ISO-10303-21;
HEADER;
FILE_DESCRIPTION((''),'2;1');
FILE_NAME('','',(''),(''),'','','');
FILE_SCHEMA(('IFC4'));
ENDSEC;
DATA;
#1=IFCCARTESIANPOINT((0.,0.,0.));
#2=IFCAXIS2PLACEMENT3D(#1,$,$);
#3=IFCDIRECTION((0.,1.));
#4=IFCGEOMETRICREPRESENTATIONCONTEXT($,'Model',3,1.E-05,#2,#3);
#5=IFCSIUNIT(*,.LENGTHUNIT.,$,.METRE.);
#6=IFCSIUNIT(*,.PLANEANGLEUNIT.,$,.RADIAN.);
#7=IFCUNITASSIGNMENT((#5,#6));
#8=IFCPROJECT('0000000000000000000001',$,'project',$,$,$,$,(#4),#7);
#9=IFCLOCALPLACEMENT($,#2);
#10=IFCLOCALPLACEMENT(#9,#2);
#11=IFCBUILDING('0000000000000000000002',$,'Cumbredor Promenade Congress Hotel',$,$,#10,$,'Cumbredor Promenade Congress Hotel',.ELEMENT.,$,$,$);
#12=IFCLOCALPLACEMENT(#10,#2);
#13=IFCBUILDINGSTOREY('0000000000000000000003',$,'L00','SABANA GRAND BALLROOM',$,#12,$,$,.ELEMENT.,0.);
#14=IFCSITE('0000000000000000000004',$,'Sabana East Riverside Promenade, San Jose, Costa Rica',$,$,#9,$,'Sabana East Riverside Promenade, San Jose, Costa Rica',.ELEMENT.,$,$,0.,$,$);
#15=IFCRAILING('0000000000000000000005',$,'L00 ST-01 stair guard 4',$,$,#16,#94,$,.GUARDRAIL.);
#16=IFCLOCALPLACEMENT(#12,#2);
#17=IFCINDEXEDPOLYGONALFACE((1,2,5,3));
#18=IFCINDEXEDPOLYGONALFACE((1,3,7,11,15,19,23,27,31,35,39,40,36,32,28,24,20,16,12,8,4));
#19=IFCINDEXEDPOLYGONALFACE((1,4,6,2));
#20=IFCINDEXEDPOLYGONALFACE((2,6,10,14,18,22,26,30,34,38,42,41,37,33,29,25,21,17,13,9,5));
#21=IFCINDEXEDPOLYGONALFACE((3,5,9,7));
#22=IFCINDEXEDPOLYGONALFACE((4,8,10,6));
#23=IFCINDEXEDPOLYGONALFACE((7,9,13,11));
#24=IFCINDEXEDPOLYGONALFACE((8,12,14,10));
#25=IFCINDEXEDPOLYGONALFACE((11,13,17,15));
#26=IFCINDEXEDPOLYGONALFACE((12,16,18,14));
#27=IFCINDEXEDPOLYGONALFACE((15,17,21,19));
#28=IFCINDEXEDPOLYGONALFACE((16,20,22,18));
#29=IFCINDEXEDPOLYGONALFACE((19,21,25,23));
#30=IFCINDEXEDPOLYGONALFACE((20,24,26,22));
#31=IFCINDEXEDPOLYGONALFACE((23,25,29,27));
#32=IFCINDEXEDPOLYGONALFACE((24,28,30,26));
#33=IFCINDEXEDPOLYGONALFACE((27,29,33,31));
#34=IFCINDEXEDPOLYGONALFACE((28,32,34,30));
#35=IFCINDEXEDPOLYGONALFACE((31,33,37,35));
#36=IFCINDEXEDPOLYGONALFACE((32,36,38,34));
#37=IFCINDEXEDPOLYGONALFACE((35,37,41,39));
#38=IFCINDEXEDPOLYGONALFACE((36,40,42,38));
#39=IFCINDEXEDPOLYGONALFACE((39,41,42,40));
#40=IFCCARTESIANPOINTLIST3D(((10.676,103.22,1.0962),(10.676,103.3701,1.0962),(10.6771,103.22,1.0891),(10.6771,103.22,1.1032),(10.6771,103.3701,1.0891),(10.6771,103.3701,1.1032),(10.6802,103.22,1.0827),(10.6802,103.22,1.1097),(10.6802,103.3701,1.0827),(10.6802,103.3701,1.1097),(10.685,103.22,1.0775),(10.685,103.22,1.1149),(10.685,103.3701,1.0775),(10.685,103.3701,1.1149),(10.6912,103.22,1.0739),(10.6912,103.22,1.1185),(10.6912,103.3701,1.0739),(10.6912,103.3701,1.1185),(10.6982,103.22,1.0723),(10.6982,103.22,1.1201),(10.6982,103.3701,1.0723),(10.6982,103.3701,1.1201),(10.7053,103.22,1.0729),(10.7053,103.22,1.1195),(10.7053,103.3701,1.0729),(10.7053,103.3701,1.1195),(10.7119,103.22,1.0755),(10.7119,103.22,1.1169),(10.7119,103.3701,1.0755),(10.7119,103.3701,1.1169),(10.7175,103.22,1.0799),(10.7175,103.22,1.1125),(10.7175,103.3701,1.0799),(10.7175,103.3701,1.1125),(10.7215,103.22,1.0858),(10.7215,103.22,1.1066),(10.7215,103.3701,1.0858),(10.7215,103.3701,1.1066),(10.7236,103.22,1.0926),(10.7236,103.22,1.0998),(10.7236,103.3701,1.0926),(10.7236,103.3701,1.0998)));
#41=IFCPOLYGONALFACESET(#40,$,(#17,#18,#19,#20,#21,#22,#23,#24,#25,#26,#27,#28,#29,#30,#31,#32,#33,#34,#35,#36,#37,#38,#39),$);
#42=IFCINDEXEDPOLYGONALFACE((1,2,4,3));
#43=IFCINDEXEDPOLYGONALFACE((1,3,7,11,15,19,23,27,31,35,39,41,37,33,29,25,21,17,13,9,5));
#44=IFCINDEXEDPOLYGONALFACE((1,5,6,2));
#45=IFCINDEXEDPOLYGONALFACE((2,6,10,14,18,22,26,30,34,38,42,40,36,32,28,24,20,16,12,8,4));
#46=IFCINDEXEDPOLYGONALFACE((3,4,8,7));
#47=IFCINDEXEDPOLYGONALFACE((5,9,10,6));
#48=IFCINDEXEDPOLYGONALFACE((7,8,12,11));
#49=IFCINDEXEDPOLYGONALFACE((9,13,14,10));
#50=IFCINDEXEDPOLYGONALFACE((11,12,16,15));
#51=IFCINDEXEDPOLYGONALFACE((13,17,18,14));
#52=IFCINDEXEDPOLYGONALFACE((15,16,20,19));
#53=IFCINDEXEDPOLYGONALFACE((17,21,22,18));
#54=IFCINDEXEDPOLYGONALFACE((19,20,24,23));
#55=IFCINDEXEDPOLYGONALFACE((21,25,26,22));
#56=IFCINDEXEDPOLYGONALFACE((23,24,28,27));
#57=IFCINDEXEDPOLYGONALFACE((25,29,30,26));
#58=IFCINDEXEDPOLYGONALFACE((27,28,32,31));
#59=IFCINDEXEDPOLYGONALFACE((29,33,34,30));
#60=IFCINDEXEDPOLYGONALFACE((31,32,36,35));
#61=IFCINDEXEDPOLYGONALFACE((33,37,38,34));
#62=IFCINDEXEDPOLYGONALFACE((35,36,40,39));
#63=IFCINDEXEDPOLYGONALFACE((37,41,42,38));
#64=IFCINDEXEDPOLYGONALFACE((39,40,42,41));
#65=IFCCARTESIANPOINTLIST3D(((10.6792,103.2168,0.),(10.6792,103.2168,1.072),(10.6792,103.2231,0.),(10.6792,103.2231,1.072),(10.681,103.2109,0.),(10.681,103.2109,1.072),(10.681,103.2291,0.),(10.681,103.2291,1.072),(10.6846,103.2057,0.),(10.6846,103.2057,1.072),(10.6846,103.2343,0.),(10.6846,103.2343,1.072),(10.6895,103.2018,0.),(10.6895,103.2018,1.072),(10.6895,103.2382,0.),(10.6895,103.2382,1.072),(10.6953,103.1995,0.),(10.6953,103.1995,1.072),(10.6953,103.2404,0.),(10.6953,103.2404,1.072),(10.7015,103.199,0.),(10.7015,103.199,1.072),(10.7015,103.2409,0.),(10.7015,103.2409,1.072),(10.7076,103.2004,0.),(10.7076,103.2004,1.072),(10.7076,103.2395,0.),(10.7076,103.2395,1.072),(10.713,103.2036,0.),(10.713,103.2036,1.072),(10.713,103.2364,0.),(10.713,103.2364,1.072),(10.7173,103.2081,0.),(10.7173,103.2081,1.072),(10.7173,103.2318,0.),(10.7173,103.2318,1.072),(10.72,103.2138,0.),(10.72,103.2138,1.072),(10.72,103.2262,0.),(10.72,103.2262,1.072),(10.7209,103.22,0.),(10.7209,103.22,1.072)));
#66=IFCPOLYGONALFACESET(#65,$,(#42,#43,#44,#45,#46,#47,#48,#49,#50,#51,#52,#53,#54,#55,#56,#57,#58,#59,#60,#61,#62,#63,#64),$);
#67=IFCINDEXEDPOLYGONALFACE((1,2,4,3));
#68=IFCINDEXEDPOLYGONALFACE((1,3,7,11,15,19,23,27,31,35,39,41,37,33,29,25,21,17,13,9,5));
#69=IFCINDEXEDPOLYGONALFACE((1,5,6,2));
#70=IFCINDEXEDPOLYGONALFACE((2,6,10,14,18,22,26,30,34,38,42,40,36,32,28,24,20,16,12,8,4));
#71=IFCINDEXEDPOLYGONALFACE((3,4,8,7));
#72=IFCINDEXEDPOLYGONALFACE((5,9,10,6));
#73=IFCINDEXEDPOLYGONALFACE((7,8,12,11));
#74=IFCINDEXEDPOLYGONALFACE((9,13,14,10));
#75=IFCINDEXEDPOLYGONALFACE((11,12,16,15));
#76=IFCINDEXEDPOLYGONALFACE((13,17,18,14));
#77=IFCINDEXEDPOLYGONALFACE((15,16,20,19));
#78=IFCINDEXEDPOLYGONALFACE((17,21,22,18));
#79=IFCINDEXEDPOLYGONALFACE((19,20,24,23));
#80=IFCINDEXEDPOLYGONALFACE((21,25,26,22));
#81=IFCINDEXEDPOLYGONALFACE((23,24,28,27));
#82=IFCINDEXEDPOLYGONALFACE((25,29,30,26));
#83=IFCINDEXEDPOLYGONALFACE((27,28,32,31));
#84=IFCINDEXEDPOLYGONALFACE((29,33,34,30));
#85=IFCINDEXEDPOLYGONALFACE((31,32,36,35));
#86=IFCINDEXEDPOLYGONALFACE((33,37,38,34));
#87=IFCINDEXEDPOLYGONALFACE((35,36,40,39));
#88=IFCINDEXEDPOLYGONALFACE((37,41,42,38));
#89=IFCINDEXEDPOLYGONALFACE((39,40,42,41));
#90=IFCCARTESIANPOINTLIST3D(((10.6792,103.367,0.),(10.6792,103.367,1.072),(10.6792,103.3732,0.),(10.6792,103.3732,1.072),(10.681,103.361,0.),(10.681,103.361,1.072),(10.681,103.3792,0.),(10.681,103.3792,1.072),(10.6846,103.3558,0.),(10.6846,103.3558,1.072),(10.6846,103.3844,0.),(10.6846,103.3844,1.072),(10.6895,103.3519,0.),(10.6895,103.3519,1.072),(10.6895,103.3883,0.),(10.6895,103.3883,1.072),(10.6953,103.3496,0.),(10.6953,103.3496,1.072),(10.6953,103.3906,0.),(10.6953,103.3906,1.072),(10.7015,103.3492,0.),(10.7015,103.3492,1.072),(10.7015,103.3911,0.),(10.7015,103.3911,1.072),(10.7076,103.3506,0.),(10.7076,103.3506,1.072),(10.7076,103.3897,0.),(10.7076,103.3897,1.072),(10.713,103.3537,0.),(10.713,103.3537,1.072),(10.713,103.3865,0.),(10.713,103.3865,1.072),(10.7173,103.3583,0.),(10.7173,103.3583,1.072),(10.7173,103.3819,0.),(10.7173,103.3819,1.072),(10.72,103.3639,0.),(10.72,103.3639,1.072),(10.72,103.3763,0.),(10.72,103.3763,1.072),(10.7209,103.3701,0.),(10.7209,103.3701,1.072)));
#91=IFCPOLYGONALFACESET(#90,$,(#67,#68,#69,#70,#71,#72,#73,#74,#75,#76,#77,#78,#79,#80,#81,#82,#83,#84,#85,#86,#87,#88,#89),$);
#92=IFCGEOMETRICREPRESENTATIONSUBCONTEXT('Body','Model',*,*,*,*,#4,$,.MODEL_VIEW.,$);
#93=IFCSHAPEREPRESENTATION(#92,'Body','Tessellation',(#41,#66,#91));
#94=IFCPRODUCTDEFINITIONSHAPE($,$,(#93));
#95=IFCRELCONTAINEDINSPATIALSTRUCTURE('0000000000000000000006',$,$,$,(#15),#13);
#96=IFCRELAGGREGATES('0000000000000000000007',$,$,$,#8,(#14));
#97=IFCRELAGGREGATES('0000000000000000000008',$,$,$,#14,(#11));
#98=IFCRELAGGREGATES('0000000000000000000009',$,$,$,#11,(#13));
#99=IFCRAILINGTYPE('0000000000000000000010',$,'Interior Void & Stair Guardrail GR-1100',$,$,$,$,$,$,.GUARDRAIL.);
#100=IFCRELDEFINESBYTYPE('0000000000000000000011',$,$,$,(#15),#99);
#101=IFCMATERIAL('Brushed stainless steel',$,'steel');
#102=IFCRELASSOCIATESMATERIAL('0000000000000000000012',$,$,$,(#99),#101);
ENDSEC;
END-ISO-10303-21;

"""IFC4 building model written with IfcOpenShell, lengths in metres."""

from ifc_helpers import new_model, si_unit, direction, frame, origin, origin_2d, place, context, subcontext, project, spatial, circle, extrude, material, type_object, element, save


model = new_model("IFC4")

# Units and contexts
model_context = context("Model", 3, precision=1e-05, world=origin(), true_north=direction((0.0, 1.0)))
body_context = subcontext(model_context, "Body", "Model", "MODEL_VIEW")
ifc_project = project(units=[si_unit("LENGTHUNIT", "METRE"), si_unit("PLANEANGLEUNIT", "RADIAN")], contexts=[model_context])

# Site, building, storey
site_placement = place(None, origin())
site = spatial("IfcSite", under=ifc_project, at=site_placement, Name="Sabana East Riverside Promenade, San Jose, Costa Rica", LongName="Sabana East Riverside Promenade, San Jose, Costa Rica", CompositionType="ELEMENT", RefElevation=0.0)
building_placement = place(site_placement, origin())
building = spatial("IfcBuilding", under=site, at=building_placement, Name="Cumbredor Promenade Congress Hotel", LongName="Cumbredor Promenade Congress Hotel", CompositionType="ELEMENT")
storey_placement = place(building_placement, origin())
storey = spatial("IfcBuildingStorey", under=building, at=storey_placement, Name="L00", Description="SABANA GRAND BALLROOM", CompositionType="ELEMENT", Elevation=0.0)

# Railing
ifc_material_1 = material(Name="Brushed stainless steel", Category="steel")
railing_type_1 = type_object("IfcRailingType", Name="Interior Void & Stair Guardrail GR-1100", PredefinedType="GUARDRAIL", material=ifc_material_1)
railing_1_placement = place(storey_placement, frame((10.7, 103.22, 0.0)))
element("IfcRailing", 1, at=railing_1_placement, inside=storey, type_object=railing_type_1, Name="L00 ST-01 stair guard 4", PredefinedType="GUARDRAIL", context=body_context, shape_type="SweptSolid", body=[
    extrude(circle(Radius=0.0239, at=origin_2d()), frame((0.0, 0.0, 1.0962), z_axis=(0.0, 1.0, 0.0), x_axis=(-1.0, 0.0, 0.0)), (0.0, 0.0, 1.0), 0.1501),
    extrude(circle(Radius=0.021, at=origin_2d()), origin(), (0.0, 0.0, 1.0), 1.072),
    extrude(circle(Radius=0.021, at=origin_2d()), frame((0.0, 0.1501, 0.0)), (0.0, 0.0, 1.0), 1.072),
])

save(model, "model.ifc")
